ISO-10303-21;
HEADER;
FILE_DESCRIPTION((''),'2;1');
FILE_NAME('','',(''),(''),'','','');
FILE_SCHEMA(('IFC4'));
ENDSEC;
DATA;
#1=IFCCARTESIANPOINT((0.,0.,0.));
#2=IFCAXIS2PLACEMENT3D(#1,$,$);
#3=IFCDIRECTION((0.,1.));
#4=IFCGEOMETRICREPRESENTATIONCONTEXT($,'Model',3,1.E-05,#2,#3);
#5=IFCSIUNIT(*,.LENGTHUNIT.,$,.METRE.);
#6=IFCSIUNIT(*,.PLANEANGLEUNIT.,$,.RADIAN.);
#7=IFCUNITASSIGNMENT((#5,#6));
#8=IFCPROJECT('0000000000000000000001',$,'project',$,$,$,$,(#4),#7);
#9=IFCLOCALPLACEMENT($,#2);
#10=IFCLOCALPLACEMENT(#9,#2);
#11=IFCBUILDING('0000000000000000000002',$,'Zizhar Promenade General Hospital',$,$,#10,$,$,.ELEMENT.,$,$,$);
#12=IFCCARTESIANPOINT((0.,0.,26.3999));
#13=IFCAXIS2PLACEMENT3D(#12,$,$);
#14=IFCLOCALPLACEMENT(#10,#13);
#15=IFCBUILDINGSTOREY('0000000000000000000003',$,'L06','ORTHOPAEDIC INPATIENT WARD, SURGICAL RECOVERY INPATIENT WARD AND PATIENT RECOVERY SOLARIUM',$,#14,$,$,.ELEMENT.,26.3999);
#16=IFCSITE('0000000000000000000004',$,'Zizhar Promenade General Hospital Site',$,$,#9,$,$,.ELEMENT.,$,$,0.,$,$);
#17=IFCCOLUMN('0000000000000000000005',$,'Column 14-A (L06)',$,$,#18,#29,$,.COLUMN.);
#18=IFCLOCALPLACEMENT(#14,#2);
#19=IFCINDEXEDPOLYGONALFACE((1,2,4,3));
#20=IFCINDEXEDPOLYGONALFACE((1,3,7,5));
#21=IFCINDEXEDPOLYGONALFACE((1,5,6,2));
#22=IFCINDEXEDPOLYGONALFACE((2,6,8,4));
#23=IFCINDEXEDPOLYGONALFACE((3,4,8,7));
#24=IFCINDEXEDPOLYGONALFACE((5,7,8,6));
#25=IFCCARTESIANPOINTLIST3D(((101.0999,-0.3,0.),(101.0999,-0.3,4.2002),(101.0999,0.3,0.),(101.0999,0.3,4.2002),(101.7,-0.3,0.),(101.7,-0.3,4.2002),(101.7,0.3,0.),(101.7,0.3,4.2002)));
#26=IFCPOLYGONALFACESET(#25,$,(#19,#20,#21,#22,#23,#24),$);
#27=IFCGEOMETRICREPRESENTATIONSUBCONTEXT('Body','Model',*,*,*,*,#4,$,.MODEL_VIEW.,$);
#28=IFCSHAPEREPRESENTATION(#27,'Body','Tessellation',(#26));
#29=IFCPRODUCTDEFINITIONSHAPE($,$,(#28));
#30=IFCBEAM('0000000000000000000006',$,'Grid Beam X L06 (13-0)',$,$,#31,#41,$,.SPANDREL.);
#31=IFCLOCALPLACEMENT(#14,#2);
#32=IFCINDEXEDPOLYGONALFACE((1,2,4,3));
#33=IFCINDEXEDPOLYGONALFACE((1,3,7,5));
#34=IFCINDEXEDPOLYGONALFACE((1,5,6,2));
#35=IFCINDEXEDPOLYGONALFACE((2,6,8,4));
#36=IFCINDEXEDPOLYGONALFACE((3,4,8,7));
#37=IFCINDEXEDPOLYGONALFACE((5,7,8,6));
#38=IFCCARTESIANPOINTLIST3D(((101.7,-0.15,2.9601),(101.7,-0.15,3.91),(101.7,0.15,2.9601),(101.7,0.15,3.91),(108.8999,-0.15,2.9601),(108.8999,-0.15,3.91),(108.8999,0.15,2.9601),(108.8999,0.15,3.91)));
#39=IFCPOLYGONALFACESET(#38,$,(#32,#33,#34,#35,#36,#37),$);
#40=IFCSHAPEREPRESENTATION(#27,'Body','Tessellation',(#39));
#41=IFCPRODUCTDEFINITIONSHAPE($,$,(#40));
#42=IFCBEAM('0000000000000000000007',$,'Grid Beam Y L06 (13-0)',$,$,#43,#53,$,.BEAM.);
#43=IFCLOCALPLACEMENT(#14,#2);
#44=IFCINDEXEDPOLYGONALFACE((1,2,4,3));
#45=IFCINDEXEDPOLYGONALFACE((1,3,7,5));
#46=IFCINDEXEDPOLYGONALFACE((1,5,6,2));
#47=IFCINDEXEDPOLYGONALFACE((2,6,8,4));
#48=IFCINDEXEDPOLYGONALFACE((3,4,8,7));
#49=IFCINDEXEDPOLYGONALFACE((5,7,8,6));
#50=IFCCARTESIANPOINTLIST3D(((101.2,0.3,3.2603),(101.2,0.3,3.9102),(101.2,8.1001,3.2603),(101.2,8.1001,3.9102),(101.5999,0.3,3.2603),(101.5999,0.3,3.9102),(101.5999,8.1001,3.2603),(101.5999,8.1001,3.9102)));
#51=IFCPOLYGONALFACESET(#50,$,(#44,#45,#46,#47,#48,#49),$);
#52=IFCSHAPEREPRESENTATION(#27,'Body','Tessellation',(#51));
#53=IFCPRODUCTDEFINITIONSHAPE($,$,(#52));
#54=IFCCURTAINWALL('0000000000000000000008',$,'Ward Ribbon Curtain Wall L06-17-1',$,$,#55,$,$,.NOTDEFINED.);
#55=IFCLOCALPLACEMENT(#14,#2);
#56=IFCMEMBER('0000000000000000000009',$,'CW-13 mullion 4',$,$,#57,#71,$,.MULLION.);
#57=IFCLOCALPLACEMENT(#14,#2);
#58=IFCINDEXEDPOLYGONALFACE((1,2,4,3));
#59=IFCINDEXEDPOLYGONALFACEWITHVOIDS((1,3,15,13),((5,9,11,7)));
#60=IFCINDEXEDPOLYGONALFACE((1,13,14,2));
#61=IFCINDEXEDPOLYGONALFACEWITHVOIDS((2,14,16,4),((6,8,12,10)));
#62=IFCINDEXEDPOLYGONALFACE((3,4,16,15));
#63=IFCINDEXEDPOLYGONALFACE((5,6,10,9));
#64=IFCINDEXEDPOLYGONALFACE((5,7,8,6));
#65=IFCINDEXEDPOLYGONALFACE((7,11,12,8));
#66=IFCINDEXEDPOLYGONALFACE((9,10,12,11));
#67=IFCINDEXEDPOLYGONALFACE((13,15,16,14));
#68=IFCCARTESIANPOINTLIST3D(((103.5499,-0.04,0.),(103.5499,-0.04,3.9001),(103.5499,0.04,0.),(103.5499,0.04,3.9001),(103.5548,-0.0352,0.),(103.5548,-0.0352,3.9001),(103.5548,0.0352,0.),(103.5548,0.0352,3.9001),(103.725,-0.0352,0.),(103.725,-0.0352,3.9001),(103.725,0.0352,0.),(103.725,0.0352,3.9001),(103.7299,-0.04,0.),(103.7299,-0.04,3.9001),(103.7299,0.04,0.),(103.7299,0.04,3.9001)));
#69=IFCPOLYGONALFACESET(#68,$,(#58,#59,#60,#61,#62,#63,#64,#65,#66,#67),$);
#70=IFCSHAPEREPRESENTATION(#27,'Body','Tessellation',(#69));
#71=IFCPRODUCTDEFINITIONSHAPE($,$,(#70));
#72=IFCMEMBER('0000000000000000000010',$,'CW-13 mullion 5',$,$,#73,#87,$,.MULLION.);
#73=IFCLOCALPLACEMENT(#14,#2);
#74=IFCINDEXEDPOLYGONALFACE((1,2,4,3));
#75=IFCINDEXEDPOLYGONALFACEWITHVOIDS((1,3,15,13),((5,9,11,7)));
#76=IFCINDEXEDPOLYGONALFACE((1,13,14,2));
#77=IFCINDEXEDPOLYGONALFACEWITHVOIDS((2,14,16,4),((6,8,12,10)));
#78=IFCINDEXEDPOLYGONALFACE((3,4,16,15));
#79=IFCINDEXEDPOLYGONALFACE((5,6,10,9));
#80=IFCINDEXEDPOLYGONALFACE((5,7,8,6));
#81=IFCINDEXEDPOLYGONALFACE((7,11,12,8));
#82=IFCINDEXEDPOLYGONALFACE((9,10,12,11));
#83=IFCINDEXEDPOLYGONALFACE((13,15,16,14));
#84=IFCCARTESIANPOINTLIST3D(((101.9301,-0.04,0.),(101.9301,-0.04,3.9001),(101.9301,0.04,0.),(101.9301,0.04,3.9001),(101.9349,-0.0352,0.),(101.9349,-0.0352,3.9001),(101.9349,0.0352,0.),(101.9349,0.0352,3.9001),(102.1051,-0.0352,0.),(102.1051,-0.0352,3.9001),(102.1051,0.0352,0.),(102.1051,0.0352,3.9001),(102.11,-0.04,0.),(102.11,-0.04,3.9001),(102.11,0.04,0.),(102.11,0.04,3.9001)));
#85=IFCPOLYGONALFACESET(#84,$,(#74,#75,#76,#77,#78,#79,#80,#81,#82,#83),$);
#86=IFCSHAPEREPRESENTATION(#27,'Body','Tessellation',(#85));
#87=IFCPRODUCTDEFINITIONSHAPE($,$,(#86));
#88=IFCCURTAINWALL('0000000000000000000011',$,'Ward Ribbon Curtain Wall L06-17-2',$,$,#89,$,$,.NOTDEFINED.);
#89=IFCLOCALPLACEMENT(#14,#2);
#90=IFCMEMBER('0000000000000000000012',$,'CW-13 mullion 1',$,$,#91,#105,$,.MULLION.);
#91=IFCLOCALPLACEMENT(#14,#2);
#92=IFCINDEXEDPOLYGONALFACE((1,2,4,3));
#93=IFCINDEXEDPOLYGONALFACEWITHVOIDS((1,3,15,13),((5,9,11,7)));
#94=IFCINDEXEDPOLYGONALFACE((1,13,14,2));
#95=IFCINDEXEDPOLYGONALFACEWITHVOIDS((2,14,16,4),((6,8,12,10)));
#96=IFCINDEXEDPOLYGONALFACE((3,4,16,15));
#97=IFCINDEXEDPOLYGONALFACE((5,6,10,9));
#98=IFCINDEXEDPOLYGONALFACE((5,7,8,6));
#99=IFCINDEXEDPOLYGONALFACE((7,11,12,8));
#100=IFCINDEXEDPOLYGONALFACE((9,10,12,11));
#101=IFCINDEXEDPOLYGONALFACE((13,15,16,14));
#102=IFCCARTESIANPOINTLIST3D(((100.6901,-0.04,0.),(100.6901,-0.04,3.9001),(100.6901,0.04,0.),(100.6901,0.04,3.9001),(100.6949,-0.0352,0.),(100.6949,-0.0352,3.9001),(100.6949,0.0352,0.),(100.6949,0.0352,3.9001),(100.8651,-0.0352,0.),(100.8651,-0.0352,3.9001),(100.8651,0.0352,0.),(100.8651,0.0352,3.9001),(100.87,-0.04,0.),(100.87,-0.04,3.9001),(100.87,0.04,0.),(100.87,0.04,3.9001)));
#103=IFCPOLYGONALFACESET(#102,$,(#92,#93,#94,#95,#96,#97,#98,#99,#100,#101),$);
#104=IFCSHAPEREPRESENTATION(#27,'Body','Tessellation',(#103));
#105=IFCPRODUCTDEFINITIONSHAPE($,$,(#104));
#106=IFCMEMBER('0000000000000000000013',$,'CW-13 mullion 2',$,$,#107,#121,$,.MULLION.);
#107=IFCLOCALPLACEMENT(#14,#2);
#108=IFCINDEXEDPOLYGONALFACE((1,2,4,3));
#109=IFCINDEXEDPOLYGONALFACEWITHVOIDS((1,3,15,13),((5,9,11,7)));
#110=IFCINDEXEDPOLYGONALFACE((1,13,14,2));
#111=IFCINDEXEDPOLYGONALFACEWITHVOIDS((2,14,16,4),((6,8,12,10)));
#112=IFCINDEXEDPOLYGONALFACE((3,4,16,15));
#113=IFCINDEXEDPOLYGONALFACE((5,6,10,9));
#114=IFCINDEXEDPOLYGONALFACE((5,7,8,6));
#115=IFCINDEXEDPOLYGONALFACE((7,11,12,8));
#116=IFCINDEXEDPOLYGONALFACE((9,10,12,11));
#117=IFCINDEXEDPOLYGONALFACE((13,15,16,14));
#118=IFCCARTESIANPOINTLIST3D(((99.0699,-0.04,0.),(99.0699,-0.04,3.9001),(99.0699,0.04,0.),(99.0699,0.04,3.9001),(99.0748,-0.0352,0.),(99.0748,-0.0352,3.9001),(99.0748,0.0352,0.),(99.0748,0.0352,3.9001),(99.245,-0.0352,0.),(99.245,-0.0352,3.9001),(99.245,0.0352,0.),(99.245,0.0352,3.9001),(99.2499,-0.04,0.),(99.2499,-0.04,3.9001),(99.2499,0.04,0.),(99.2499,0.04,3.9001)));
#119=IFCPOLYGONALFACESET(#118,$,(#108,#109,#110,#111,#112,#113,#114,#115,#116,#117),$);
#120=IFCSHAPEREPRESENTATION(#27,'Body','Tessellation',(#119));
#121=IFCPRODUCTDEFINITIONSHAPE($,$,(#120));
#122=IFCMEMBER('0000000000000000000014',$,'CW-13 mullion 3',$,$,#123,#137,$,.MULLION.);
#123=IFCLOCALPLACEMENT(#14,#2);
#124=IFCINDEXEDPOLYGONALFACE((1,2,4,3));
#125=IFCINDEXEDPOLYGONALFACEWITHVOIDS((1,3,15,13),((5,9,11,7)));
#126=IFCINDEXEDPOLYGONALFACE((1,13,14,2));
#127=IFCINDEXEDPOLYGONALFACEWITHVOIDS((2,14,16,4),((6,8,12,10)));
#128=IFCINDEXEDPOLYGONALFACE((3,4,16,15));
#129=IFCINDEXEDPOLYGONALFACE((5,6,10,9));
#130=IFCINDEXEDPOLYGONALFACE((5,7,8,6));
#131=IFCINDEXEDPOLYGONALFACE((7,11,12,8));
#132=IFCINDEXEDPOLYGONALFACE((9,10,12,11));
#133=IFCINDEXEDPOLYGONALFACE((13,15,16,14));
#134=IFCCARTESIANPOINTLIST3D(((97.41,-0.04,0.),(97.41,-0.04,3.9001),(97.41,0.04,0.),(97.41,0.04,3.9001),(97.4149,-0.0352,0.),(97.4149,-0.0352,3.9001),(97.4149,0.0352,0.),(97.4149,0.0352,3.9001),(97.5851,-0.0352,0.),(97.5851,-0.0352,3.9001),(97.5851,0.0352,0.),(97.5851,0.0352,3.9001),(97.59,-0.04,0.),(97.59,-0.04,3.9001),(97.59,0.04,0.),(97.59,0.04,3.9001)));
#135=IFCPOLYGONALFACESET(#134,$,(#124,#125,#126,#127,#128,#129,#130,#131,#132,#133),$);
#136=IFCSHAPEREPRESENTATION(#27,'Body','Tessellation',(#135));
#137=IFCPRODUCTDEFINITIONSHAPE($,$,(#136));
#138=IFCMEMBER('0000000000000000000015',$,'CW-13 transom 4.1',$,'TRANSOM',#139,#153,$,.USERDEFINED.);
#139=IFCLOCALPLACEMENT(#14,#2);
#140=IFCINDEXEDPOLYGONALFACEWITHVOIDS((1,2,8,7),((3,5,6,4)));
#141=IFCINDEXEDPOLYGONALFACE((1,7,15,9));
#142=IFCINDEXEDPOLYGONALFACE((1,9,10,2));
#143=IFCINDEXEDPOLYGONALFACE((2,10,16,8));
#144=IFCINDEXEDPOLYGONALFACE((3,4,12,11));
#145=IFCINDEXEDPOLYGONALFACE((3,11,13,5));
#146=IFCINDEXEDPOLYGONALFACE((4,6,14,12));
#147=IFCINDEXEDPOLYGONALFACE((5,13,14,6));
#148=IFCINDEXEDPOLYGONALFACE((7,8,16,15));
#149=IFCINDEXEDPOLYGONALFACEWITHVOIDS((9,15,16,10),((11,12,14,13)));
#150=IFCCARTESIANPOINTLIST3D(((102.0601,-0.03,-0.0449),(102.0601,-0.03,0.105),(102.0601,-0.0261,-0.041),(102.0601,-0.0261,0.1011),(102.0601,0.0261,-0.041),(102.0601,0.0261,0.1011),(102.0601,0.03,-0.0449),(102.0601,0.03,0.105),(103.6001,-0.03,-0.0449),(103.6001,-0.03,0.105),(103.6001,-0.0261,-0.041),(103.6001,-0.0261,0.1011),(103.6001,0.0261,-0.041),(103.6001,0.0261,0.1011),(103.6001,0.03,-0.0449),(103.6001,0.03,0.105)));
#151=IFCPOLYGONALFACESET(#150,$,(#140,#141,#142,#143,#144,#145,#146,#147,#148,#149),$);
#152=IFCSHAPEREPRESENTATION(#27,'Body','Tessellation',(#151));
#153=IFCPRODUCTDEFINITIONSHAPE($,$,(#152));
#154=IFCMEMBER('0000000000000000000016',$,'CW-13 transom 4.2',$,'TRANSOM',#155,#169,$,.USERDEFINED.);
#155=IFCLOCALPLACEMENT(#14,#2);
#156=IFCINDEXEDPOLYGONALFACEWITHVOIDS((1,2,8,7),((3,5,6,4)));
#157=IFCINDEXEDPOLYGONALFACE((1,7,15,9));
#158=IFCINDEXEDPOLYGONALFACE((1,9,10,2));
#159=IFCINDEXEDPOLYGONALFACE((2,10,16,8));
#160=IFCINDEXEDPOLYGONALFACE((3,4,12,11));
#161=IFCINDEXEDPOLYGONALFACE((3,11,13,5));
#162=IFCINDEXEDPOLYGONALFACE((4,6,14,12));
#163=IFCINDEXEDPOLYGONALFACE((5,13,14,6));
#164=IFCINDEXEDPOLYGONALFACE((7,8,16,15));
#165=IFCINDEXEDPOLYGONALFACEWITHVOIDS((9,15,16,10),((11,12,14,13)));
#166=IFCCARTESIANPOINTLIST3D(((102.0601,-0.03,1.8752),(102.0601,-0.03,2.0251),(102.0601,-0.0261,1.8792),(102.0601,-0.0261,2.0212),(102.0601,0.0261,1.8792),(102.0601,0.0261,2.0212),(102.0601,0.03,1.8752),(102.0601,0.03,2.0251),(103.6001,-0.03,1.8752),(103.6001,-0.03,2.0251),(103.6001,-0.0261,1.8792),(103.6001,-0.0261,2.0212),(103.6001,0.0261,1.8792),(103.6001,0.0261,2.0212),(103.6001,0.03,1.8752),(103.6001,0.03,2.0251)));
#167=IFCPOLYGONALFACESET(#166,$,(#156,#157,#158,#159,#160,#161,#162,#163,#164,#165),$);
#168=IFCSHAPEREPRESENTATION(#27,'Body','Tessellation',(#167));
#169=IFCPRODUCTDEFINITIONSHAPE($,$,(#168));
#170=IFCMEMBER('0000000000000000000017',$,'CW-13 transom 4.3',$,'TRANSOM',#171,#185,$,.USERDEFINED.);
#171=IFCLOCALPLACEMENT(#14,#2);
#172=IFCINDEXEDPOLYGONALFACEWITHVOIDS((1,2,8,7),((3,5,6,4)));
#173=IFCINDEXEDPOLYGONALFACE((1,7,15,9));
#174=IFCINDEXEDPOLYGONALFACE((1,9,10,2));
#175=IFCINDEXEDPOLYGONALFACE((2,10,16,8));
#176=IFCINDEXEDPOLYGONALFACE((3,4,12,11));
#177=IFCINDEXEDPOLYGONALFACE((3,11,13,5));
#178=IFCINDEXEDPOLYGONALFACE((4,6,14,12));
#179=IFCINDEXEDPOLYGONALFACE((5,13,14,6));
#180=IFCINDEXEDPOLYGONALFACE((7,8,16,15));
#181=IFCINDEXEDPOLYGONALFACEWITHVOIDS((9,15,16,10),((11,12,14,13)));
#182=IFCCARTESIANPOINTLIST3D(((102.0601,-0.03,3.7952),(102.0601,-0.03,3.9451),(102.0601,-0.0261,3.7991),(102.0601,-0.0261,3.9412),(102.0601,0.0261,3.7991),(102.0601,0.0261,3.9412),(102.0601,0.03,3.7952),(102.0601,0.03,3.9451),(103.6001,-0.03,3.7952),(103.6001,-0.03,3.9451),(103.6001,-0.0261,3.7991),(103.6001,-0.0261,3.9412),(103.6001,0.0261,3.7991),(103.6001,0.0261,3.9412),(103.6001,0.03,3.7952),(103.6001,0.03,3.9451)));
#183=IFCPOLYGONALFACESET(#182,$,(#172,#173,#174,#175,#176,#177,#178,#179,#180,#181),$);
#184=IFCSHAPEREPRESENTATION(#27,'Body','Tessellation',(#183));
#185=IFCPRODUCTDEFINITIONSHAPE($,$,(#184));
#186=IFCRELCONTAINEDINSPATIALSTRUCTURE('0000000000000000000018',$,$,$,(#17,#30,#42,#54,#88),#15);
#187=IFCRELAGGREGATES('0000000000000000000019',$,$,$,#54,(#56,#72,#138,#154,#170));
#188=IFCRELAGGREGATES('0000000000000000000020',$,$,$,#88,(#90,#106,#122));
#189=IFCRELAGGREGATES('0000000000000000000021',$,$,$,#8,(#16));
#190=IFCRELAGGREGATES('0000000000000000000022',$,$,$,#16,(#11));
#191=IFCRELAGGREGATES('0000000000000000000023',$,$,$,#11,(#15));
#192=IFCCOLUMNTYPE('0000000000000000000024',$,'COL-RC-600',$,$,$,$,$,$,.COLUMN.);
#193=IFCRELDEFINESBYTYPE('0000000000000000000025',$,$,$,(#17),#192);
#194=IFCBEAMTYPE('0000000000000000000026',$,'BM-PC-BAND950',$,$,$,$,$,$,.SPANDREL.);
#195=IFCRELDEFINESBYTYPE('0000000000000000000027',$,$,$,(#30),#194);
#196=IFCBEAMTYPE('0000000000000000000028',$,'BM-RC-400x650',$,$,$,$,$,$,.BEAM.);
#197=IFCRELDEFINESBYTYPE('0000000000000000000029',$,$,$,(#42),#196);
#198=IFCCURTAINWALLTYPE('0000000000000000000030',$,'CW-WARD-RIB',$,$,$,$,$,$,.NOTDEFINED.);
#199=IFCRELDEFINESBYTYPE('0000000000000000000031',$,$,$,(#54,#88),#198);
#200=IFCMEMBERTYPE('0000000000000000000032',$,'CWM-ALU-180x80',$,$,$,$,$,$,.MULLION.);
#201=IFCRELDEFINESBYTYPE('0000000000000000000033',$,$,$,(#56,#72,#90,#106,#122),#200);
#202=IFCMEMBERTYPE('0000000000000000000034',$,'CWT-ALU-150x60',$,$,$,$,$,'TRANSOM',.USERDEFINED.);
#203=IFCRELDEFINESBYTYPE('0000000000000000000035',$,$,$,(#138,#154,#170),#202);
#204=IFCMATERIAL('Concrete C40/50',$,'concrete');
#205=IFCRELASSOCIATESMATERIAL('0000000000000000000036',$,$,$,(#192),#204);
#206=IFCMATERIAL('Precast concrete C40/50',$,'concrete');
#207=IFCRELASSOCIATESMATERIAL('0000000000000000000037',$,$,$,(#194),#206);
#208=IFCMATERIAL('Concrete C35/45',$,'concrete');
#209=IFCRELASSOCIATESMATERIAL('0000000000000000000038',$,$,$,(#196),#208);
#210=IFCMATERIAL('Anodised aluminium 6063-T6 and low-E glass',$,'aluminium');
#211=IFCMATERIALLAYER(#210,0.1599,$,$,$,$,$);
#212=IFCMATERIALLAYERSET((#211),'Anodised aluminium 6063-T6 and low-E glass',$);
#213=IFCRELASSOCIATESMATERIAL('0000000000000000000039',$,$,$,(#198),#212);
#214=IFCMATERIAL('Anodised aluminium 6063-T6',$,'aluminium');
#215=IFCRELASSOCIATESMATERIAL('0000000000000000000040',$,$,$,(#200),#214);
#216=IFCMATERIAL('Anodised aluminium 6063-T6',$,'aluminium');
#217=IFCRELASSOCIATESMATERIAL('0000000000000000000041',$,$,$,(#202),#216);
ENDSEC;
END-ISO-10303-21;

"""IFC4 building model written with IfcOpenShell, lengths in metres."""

from ifc_helpers import new_model, si_unit, direction, frame, origin, origin_2d, place, context, subcontext, project, spatial, rectangle, hollow_rectangle, extrude, material, layer, layer_set, material_profile, profile_set, type_object, element, aggregate, save


model = new_model("IFC4")

# Units and contexts
model_context = context("Model", 3, precision=1e-05, world=origin(), true_north=direction((0.0, 1.0)))
body_context = subcontext(model_context, "Body", "Model", "MODEL_VIEW")
ifc_project = project(units=[si_unit("LENGTHUNIT", "METRE"), si_unit("PLANEANGLEUNIT", "RADIAN")], contexts=[model_context])

# Site, building, storey
site_placement = place(None, origin())
site = spatial("IfcSite", under=ifc_project, at=site_placement, Name="Zizhar Promenade General Hospital Site", CompositionType="ELEMENT", RefElevation=0.0)
building_placement = place(site_placement, origin())
building = spatial("IfcBuilding", under=site, at=building_placement, Name="Zizhar Promenade General Hospital", CompositionType="ELEMENT")
storey_placement = place(building_placement, frame((0.0, 0.0, 26.3999)))
storey = spatial("IfcBuildingStorey", under=building, at=storey_placement, Name="L06", Description="ORTHOPAEDIC INPATIENT WARD, SURGICAL RECOVERY INPATIENT WARD AND PATIENT RECOVERY SOLARIUM", CompositionType="ELEMENT", Elevation=26.3999)

# Column
ifc_material_1 = material(Name="Concrete C40/50", Category="concrete")
ifc_material_profile_1 = material_profile(ifc_material_1, rectangle(XDim=0.6001, YDim=0.6001, at=origin_2d()))
ifc_profile_set_1 = profile_set([ifc_material_profile_1], Name="Concrete C40/50")
column_type = type_object("IfcColumnType", Name="COL-RC-600", PredefinedType="COLUMN", material=ifc_profile_set_1)
column_placement = place(storey_placement, frame((101.3999, 0.0, 0.0), z_axis=(0.0, 0.0, 1.0), x_axis=(1.0, 0.0, 0.0)))
element("IfcColumn", 1, at=column_placement, inside=storey, type_object=column_type, Name="Column 14-A (L06)", PredefinedType="COLUMN", context=body_context, shape_type="SweptSolid", body=[
    extrude(rectangle(XDim=0.6001, YDim=0.6001, at=origin_2d()), origin(), (0.0, 0.0, 1.0), 4.2002),
])

# Beams
ifc_material_2 = material(Name="Precast concrete C40/50", Category="concrete")
ifc_material_profile_2 = material_profile(ifc_material_2, rectangle(XDim=0.3, YDim=0.95, at=origin_2d()))
ifc_profile_set_2 = profile_set([ifc_material_profile_2], Name="Precast concrete C40/50")
beam_type_1 = type_object("IfcBeamType", Name="BM-PC-BAND950", PredefinedType="SPANDREL", material=ifc_profile_set_2)
beam_1_placement = place(storey_placement, frame((101.7, 0.0, 3.4351), z_axis=(1.0, 0.0, 0.0), x_axis=(0.0, 1.0, 0.0)))
element("IfcBeam", 2, at=beam_1_placement, inside=storey, type_object=beam_type_1, Name="Grid Beam X L06 (13-0)", PredefinedType="SPANDREL", context=body_context, shape_type="SweptSolid", body=[
    extrude(rectangle(XDim=0.3, YDim=0.95, at=origin_2d()), origin(), (0.0, 0.0, 1.0), 7.2),
])
ifc_material_3 = material(Name="Concrete C35/45", Category="concrete")
ifc_material_profile_3 = material_profile(ifc_material_3, rectangle(XDim=0.3999, YDim=0.6499, at=origin_2d()))
ifc_profile_set_3 = profile_set([ifc_material_profile_3], Name="Concrete C35/45")
beam_type_2 = type_object("IfcBeamType", Name="BM-RC-400x650", PredefinedType="BEAM", material=ifc_profile_set_3)
beam_2_placement = place(storey_placement, frame((101.3999, 0.3, 3.5852), z_axis=(0.0, 1.0, 0.0), x_axis=(-1.0, 0.0, 0.0)))
element("IfcBeam", 3, at=beam_2_placement, inside=storey, type_object=beam_type_2, Name="Grid Beam Y L06 (13-0)", PredefinedType="BEAM", context=body_context, shape_type="SweptSolid", body=[
    extrude(rectangle(XDim=0.3999, YDim=0.6499, at=origin_2d()), origin(), (0.0, 0.0, 1.0), 7.8),
])

# Curtain walls, members
ifc_material_4 = material(Name="Anodised aluminium 6063-T6 and low-E glass", Category="aluminium")
ifc_layer_1 = layer(ifc_material_4, 0.1599)
ifc_layer_set_1 = layer_set([ifc_layer_1], Name="Anodised aluminium 6063-T6 and low-E glass")
curtain_wall_type = type_object("IfcCurtainWallType", Name="CW-WARD-RIB", PredefinedType="NOTDEFINED", material=ifc_layer_set_1)
curtain_wall_1_placement = place(storey_placement, origin())
curtain_wall_1 = element("IfcCurtainWall", 4, at=curtain_wall_1_placement, inside=storey, type_object=curtain_wall_type, Name="Ward Ribbon Curtain Wall L06-17-1", PredefinedType="NOTDEFINED")
ifc_material_5 = material(Name="Anodised aluminium 6063-T6", Category="aluminium")
ifc_material_profile_4 = material_profile(ifc_material_5, hollow_rectangle(XDim=0.0801, YDim=0.1799, WallThickness=0.0049, at=origin_2d()))
ifc_profile_set_4 = profile_set([ifc_material_profile_4], Name="Anodised aluminium 6063-T6")
member_type_1 = type_object("IfcMemberType", Name="CWM-ALU-180x80", PredefinedType="MULLION", material=ifc_profile_set_4)
member_1_placement = place(storey_placement, frame((103.6399, 0.0, 0.0), z_axis=(0.0, 0.0, 1.0), x_axis=(0.0, -1.0, 0.0)))
member_1 = element("IfcMember", 5, at=member_1_placement, type_object=member_type_1, Name="CW-13 mullion 4", PredefinedType="MULLION", context=body_context, shape_type="SweptSolid", body=[
    extrude(hollow_rectangle(XDim=0.0801, YDim=0.1799, WallThickness=0.0049, at=origin_2d()), origin(), (0.0, 0.0, 1.0), 3.9001),
])
member_2_placement = place(storey_placement, frame((102.02, 0.0, 0.0), z_axis=(0.0, 0.0, 1.0), x_axis=(0.0, -1.0, 0.0)))
member_2 = element("IfcMember", 6, at=member_2_placement, type_object=member_type_1, Name="CW-13 mullion 5", PredefinedType="MULLION", context=body_context, shape_type="SweptSolid", body=[
    extrude(hollow_rectangle(XDim=0.0801, YDim=0.1799, WallThickness=0.0049, at=origin_2d()), origin(), (0.0, 0.0, 1.0), 3.9001),
])
curtain_wall_2_placement = place(storey_placement, origin())
curtain_wall_2 = element("IfcCurtainWall", 7, at=curtain_wall_2_placement, inside=storey, type_object=curtain_wall_type, Name="Ward Ribbon Curtain Wall L06-17-2", PredefinedType="NOTDEFINED")
member_3_placement = place(storey_placement, frame((100.78, 0.0, 0.0), z_axis=(0.0, 0.0, 1.0), x_axis=(0.0, -1.0, 0.0)))
member_3 = element("IfcMember", 8, at=member_3_placement, type_object=member_type_1, Name="CW-13 mullion 1", PredefinedType="MULLION", context=body_context, shape_type="SweptSolid", body=[
    extrude(hollow_rectangle(XDim=0.0801, YDim=0.1799, WallThickness=0.0049, at=origin_2d()), origin(), (0.0, 0.0, 1.0), 3.9001),
])
member_4_placement = place(storey_placement, frame((99.1599, 0.0, 0.0), z_axis=(0.0, 0.0, 1.0), x_axis=(0.0, -1.0, 0.0)))
member_4 = element("IfcMember", 9, at=member_4_placement, type_object=member_type_1, Name="CW-13 mullion 2", PredefinedType="MULLION", context=body_context, shape_type="SweptSolid", body=[
    extrude(hollow_rectangle(XDim=0.0801, YDim=0.1799, WallThickness=0.0049, at=origin_2d()), origin(), (0.0, 0.0, 1.0), 3.9001),
])
member_5_placement = place(storey_placement, frame((97.5, 0.0, 0.0), z_axis=(0.0, 0.0, 1.0), x_axis=(0.0, -1.0, 0.0)))
member_5 = element("IfcMember", 10, at=member_5_placement, type_object=member_type_1, Name="CW-13 mullion 3", PredefinedType="MULLION", context=body_context, shape_type="SweptSolid", body=[
    extrude(hollow_rectangle(XDim=0.0801, YDim=0.1799, WallThickness=0.0049, at=origin_2d()), origin(), (0.0, 0.0, 1.0), 3.9001),
])

# Members
ifc_material_6 = material(Name="Anodised aluminium 6063-T6", Category="aluminium")
ifc_material_profile_5 = material_profile(ifc_material_6, hollow_rectangle(XDim=0.0601, YDim=0.1499, WallThickness=0.0039, at=origin_2d()))
ifc_profile_set_5 = profile_set([ifc_material_profile_5], Name="Anodised aluminium 6063-T6")
member_type_2 = type_object("IfcMemberType", Name="CWT-ALU-150x60", ElementType="TRANSOM", PredefinedType="USERDEFINED", material=ifc_profile_set_5)
member_6_placement = place(storey_placement, frame((103.6001, 0.0, 0.03), z_axis=(-1.0, 0.0, 0.0), x_axis=(0.0, -1.0, 0.0)))
member_6 = element("IfcMember", 11, at=member_6_placement, type_object=member_type_2, Name="CW-13 transom 4.1", ObjectType="TRANSOM", PredefinedType="USERDEFINED", context=body_context, shape_type="SweptSolid", body=[
    extrude(hollow_rectangle(XDim=0.0601, YDim=0.1499, WallThickness=0.0039, at=origin_2d()), origin(), (0.0, 0.0, 1.0), 1.54),
])
member_7_placement = place(storey_placement, frame((103.6001, 0.0, 1.9502), z_axis=(-1.0, 0.0, 0.0), x_axis=(0.0, -1.0, 0.0)))
member_7 = element("IfcMember", 12, at=member_7_placement, type_object=member_type_2, Name="CW-13 transom 4.2", ObjectType="TRANSOM", PredefinedType="USERDEFINED", context=body_context, shape_type="SweptSolid", body=[
    extrude(hollow_rectangle(XDim=0.0601, YDim=0.1499, WallThickness=0.0039, at=origin_2d()), origin(), (0.0, 0.0, 1.0), 1.54),
])
member_8_placement = place(storey_placement, frame((103.6001, 0.0, 3.8701), z_axis=(-1.0, 0.0, 0.0), x_axis=(0.0, -1.0, 0.0)))
member_8 = element("IfcMember", 13, at=member_8_placement, type_object=member_type_2, Name="CW-13 transom 4.3", ObjectType="TRANSOM", PredefinedType="USERDEFINED", context=body_context, shape_type="SweptSolid", body=[
    extrude(hollow_rectangle(XDim=0.0601, YDim=0.1499, WallThickness=0.0039, at=origin_2d()), origin(), (0.0, 0.0, 1.0), 1.54),
])

aggregate(curtain_wall_1, [member_1, member_2, member_6, member_7, member_8])
aggregate(curtain_wall_2, [member_3, member_4, member_5])

save(model, "model.ifc")
